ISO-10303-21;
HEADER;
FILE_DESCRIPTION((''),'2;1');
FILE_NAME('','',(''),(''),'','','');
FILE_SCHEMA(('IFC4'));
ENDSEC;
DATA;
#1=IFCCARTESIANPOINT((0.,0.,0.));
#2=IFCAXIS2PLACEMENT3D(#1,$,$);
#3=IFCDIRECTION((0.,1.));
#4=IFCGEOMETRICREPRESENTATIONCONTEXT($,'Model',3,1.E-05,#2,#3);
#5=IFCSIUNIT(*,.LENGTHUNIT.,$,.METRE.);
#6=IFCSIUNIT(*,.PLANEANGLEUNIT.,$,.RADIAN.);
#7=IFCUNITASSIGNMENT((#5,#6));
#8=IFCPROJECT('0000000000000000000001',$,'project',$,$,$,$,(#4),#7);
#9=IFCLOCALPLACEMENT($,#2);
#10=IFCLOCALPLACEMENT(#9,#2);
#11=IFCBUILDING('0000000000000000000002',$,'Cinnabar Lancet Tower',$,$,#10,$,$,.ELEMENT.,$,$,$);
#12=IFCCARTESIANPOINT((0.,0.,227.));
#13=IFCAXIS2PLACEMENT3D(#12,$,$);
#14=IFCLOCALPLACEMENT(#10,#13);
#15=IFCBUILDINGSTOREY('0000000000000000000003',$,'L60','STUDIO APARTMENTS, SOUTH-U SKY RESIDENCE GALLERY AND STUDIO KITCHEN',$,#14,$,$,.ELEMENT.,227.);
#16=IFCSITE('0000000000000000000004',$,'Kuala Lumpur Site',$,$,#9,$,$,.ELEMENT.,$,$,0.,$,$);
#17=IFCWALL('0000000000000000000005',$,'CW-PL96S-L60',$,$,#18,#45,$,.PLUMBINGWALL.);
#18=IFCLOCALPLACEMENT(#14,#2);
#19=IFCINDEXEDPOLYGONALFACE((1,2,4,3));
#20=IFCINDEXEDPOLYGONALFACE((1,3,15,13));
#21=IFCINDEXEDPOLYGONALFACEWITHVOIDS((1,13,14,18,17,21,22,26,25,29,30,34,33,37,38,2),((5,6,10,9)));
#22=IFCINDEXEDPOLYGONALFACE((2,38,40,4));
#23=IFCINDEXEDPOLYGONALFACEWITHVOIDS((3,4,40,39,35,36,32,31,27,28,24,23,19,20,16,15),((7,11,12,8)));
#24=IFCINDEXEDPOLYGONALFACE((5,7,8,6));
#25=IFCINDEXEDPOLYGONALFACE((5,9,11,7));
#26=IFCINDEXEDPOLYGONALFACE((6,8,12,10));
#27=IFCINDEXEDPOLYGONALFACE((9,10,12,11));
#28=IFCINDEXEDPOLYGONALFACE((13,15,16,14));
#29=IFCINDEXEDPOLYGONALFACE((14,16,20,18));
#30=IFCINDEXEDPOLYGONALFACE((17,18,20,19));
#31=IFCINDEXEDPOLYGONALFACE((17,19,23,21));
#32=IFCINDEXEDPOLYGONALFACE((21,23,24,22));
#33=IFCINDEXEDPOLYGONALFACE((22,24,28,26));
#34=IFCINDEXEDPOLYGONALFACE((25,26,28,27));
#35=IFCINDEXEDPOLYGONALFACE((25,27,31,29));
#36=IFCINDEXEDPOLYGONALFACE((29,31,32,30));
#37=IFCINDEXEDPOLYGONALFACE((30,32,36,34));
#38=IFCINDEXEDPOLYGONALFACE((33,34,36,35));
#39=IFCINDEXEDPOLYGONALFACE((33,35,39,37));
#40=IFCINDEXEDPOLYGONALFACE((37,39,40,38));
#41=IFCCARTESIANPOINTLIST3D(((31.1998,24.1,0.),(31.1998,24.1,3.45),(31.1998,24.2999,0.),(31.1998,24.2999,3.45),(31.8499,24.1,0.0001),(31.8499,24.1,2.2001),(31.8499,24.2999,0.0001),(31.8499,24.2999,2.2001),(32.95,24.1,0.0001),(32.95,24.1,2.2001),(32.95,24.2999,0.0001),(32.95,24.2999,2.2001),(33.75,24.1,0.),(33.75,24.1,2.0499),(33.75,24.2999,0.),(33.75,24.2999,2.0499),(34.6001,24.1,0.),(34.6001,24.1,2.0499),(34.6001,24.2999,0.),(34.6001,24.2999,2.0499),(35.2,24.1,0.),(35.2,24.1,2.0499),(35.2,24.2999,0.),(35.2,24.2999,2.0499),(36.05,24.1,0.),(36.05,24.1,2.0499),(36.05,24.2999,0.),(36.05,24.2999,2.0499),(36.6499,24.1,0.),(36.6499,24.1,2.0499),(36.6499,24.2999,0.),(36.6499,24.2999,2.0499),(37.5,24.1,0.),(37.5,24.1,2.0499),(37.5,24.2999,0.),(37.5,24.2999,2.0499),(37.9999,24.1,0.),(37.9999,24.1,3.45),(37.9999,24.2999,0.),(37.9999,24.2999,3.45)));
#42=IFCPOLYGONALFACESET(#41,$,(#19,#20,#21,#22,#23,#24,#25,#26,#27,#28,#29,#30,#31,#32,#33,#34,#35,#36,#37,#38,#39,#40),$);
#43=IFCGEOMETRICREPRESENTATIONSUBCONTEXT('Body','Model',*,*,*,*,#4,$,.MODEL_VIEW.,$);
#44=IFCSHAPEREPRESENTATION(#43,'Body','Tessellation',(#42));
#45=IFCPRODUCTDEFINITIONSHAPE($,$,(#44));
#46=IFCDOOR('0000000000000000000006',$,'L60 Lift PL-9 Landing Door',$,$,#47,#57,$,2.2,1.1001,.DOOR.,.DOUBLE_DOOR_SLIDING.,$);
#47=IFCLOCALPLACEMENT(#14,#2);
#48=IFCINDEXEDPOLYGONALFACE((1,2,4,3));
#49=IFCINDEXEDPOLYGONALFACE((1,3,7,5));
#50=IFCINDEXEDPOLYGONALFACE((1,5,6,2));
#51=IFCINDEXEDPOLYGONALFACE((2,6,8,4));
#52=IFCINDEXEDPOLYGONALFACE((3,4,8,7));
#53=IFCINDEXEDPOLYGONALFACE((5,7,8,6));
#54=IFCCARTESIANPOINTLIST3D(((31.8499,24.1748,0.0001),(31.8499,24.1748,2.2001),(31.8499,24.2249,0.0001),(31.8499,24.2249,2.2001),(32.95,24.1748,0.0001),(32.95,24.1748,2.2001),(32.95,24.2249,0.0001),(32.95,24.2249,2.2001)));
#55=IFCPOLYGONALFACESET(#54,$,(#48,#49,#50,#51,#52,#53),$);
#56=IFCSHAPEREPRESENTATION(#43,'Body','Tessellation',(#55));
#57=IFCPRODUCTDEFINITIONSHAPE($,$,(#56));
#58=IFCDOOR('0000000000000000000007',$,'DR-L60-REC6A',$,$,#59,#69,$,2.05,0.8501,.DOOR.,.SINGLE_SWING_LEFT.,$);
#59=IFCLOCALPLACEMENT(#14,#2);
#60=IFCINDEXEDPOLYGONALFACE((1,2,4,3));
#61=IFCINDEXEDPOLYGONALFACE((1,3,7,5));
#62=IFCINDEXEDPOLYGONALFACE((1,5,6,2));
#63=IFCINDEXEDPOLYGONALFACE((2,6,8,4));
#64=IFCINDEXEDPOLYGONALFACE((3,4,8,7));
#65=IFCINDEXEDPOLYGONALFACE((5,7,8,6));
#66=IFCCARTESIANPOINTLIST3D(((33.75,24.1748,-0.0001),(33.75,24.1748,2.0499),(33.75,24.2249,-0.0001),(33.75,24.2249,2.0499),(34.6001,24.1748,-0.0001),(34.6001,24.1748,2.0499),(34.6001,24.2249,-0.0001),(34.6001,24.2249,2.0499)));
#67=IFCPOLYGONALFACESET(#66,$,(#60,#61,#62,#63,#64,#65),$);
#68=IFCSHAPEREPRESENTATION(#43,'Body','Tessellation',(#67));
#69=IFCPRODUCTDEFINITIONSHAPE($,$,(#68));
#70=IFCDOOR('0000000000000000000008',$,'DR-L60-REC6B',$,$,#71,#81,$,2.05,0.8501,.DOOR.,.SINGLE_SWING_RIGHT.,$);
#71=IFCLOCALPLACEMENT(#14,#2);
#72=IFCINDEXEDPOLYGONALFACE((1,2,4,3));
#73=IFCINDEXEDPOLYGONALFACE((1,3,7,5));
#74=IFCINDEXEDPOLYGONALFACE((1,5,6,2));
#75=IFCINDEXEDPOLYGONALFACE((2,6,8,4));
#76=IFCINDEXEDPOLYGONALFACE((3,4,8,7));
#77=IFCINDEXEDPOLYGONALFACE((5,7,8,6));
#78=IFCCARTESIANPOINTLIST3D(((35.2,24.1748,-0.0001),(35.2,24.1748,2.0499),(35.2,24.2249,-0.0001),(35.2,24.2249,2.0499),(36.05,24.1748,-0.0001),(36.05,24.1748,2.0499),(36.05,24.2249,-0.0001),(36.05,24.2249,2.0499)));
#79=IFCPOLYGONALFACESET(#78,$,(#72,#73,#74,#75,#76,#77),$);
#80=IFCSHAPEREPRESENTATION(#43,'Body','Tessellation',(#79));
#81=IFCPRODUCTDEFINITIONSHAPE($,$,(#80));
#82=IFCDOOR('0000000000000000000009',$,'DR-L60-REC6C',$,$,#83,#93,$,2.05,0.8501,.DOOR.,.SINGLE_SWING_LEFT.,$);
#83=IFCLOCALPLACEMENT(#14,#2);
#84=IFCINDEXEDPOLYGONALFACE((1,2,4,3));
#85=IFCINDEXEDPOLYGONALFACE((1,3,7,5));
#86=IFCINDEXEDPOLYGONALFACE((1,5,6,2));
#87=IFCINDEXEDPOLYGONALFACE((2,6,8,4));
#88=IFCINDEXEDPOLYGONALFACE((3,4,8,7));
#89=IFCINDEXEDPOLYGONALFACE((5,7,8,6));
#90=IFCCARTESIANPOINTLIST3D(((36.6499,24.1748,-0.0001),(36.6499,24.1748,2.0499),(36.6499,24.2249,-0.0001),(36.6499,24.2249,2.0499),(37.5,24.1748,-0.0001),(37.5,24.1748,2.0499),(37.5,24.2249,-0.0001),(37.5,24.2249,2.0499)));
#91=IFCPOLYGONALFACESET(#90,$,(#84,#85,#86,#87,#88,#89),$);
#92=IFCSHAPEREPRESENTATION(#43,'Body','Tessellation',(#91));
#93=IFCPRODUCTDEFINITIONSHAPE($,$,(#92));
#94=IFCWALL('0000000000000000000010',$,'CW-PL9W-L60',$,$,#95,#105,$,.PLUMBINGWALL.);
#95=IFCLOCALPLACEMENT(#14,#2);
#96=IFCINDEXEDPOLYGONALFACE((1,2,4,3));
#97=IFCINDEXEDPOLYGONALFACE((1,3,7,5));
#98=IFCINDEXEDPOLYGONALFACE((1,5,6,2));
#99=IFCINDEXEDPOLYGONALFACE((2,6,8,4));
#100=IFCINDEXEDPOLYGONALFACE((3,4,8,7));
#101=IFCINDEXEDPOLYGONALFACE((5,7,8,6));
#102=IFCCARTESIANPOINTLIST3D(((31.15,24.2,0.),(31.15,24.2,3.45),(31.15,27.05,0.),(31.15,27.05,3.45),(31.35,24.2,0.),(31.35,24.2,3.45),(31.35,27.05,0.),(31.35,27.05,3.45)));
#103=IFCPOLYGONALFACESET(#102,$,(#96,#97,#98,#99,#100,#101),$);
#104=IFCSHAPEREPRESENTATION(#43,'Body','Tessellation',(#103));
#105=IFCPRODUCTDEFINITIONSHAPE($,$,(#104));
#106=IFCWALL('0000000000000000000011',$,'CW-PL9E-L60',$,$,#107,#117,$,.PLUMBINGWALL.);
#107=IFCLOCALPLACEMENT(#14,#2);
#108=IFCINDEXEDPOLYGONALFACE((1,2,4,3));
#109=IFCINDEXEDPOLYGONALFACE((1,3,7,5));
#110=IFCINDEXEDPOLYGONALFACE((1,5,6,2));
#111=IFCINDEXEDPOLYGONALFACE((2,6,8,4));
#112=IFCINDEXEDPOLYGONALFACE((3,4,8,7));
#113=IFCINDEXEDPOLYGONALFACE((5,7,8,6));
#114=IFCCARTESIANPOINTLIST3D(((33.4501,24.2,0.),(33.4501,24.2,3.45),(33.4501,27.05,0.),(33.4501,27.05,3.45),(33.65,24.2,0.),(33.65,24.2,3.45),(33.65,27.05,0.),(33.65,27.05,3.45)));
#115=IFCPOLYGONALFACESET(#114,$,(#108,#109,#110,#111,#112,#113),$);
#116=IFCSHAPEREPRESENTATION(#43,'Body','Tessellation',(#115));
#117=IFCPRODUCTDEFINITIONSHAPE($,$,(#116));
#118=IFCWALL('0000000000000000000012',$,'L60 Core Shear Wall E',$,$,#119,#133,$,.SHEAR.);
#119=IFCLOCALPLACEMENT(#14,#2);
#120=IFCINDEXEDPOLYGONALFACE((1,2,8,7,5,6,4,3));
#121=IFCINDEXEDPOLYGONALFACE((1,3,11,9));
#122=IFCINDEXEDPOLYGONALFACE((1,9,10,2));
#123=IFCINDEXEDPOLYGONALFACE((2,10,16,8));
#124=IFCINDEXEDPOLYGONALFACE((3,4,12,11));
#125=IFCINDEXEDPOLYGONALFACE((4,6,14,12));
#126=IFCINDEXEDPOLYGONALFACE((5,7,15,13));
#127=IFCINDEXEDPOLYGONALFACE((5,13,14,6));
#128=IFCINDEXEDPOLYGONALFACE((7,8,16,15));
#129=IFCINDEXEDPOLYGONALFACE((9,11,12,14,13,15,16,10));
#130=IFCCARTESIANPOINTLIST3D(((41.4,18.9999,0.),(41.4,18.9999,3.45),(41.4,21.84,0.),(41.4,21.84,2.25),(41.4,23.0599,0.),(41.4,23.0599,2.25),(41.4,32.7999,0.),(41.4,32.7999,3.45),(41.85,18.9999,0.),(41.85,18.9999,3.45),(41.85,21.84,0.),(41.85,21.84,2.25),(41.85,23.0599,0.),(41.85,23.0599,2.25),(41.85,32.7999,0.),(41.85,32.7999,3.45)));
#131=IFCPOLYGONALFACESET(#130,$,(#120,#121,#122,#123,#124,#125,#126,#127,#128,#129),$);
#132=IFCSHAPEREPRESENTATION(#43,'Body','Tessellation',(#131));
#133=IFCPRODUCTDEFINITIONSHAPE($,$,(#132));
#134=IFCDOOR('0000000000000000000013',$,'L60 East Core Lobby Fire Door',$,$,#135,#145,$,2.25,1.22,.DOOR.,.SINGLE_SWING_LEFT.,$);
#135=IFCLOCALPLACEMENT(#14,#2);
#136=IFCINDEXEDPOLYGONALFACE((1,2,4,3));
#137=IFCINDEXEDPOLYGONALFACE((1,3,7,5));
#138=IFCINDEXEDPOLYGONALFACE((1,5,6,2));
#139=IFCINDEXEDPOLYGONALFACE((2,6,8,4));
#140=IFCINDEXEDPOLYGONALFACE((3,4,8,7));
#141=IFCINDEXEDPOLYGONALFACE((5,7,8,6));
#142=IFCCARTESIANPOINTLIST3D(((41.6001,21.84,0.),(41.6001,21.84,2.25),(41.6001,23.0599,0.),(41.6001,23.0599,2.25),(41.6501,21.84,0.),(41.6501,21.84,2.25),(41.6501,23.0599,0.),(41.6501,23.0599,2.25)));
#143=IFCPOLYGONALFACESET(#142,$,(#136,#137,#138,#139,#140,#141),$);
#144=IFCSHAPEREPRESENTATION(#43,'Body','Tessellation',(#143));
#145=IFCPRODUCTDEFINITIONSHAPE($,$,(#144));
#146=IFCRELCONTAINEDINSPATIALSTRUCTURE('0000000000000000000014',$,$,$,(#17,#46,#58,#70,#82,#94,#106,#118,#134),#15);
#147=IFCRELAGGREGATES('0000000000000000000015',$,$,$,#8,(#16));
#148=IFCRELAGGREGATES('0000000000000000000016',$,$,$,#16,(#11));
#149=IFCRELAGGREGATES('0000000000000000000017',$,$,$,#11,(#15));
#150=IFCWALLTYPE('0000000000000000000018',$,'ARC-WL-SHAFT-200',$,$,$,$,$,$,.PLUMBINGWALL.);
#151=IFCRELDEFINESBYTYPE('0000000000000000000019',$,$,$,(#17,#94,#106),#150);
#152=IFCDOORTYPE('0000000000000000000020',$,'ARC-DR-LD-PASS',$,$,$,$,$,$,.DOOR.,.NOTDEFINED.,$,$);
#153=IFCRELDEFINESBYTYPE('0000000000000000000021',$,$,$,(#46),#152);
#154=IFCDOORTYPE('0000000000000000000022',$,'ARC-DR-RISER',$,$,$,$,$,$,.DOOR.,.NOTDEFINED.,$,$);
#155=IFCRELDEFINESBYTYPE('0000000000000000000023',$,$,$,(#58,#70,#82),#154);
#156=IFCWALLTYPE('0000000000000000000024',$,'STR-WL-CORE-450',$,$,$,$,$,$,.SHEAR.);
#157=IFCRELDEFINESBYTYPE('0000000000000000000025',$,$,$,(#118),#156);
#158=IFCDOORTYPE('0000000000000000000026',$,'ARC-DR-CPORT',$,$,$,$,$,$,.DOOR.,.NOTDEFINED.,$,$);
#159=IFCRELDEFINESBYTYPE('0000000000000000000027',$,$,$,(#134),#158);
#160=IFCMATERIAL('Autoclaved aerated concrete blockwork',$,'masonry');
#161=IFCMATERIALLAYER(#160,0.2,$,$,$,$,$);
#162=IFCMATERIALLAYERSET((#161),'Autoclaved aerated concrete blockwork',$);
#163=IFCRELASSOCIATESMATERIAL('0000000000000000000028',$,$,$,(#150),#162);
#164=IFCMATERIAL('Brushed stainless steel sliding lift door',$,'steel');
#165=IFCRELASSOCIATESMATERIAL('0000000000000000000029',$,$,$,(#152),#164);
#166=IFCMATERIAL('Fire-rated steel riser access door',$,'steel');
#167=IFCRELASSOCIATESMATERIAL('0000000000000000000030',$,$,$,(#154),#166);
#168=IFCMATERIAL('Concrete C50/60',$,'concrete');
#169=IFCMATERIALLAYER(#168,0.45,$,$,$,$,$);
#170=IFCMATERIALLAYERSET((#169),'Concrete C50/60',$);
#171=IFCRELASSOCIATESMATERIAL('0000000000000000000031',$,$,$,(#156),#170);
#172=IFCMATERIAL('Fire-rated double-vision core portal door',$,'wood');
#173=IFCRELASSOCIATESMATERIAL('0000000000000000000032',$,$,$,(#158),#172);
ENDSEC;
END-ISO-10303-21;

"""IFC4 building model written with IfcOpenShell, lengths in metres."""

from ifc_helpers import new_model, si_unit, direction, frame, frame_2d, origin, place, context, subcontext, project, spatial, rectangle, extrude, material, layer, layer_set, type_object, element, fill, save


model = new_model("IFC4")

# Units and contexts
model_context = context("Model", 3, precision=1e-05, world=origin(), true_north=direction((0.0, 1.0)))
body_context = subcontext(model_context, "Body", "Model", "MODEL_VIEW")
ifc_project = project(units=[si_unit("LENGTHUNIT", "METRE"), si_unit("PLANEANGLEUNIT", "RADIAN")], contexts=[model_context])

# Site, building, storey
site_placement = place(None, origin())
site = spatial("IfcSite", under=ifc_project, at=site_placement, Name="Kuala Lumpur Site", CompositionType="ELEMENT", RefElevation=0.0)
building_placement = place(site_placement, origin())
building = spatial("IfcBuilding", under=site, at=building_placement, Name="Cinnabar Lancet Tower", CompositionType="ELEMENT")
storey_placement = place(building_placement, frame((0.0, 0.0, 227.0)))
storey = spatial("IfcBuildingStorey", under=building, at=storey_placement, Name="L60", Description="STUDIO APARTMENTS, SOUTH-U SKY RESIDENCE GALLERY AND STUDIO KITCHEN", CompositionType="ELEMENT", Elevation=227.0)

# Shared definitions
ifc_material_1 = material(Name="Autoclaved aerated concrete blockwork", Category="masonry")
ifc_layer_1 = layer(ifc_material_1, 0.2)
ifc_layer_set_1 = layer_set([ifc_layer_1], Name="Autoclaved aerated concrete blockwork")
wall_type_1 = type_object("IfcWallType", Name="ARC-WL-SHAFT-200", PredefinedType="PLUMBINGWALL", material=ifc_layer_set_1)

# Wall, openings, doors
wall_1_placement = place(storey_placement, frame((31.2, 24.2, 0.0), z_axis=(0.0, 0.0, 1.0), x_axis=(1.0, 0.0, 0.0)))
wall_1 = element("IfcWall", 1, at=wall_1_placement, inside=storey, type_object=wall_type_1, Name="CW-PL96S-L60", PredefinedType="PLUMBINGWALL", context=body_context, shape_type="SweptSolid", body=[
    extrude(rectangle(XDim=6.8, YDim=0.2, at=frame_2d((3.3999, 0.0))), origin(), (0.0, 0.0, 1.0), 3.45),
])
opening_1_placement = place(wall_1_placement, frame((0.6499, 0.0, 0.0)))
opening_1 = element("IfcOpeningElement", 2, at=opening_1_placement, cuts=wall_1, PredefinedType="OPENING", context=body_context, shape_type="SweptSolid", body=[
    extrude(rectangle(XDim=1.1001, YDim=2.2, at=frame_2d((0.55, 1.1001))), frame((0.0, 0.1099, 0.0), z_axis=(0.0, -1.0, 0.0), x_axis=(1.0, 0.0, 0.0)), (0.0, 0.0, 1.0), 0.22),
])
opening_2_placement = place(wall_1_placement, frame((2.55, 0.0, 0.0)))
opening_2 = element("IfcOpeningElement", 3, at=opening_2_placement, cuts=wall_1, PredefinedType="OPENING", context=body_context, shape_type="SweptSolid", body=[
    extrude(rectangle(XDim=0.8501, YDim=2.05, at=frame_2d((0.425, 1.0249))), frame((0.0, 0.1099, 0.0), z_axis=(0.0, -1.0, 0.0), x_axis=(1.0, 0.0, 0.0)), (0.0, 0.0, 1.0), 0.22),
])
opening_3_placement = place(wall_1_placement, frame((4.0, 0.0, 0.0)))
opening_3 = element("IfcOpeningElement", 4, at=opening_3_placement, cuts=wall_1, PredefinedType="OPENING", context=body_context, shape_type="SweptSolid", body=[
    extrude(rectangle(XDim=0.8501, YDim=2.05, at=frame_2d((0.425, 1.0249))), frame((0.0, 0.1099, 0.0), z_axis=(0.0, -1.0, 0.0), x_axis=(1.0, 0.0, 0.0)), (0.0, 0.0, 1.0), 0.22),
])
opening_4_placement = place(wall_1_placement, frame((5.45, 0.0, 0.0)))
opening_4 = element("IfcOpeningElement", 5, at=opening_4_placement, cuts=wall_1, PredefinedType="OPENING", context=body_context, shape_type="SweptSolid", body=[
    extrude(rectangle(XDim=0.8501, YDim=2.05, at=frame_2d((0.425, 1.0249))), frame((0.0, 0.1099, 0.0), z_axis=(0.0, -1.0, 0.0), x_axis=(1.0, 0.0, 0.0)), (0.0, 0.0, 1.0), 0.22),
])
ifc_material_2 = material(Name="Brushed stainless steel sliding lift door", Category="steel")
door_type_1 = type_object("IfcDoorType", Name="ARC-DR-LD-PASS", OperationType="NOTDEFINED", PredefinedType="DOOR", material=ifc_material_2)
door_1_placement = place(opening_1_placement, origin())
door_1 = element("IfcDoor", 6, at=door_1_placement, inside=storey, type_object=door_type_1, Name="L60 Lift PL-9 Landing Door", OperationType="DOUBLE_DOOR_SLIDING", OverallHeight=2.2, OverallWidth=1.1001, PredefinedType="DOOR", context=body_context, shape_type="SweptSolid", body=[
    extrude(rectangle(XDim=1.1001, YDim=2.2, at=frame_2d((0.55, 1.1001))), frame((0.0, 0.0249, 0.0), z_axis=(0.0, -1.0, 0.0), x_axis=(1.0, 0.0, 0.0)), (0.0, 0.0, 1.0), 0.05),
])
fill(opening_1, door_1)
ifc_material_3 = material(Name="Fire-rated steel riser access door", Category="steel")
door_type_2 = type_object("IfcDoorType", Name="ARC-DR-RISER", OperationType="NOTDEFINED", PredefinedType="DOOR", material=ifc_material_3)
door_2_placement = place(opening_2_placement, origin())
door_2 = element("IfcDoor", 7, at=door_2_placement, inside=storey, type_object=door_type_2, Name="DR-L60-REC6A", OperationType="SINGLE_SWING_LEFT", OverallHeight=2.05, OverallWidth=0.8501, PredefinedType="DOOR", context=body_context, shape_type="SweptSolid", body=[
    extrude(rectangle(XDim=0.8501, YDim=2.05, at=frame_2d((0.425, 1.0249))), frame((0.0, 0.0249, 0.0), z_axis=(0.0, -1.0, 0.0), x_axis=(1.0, 0.0, 0.0)), (0.0, 0.0, 1.0), 0.05),
])
fill(opening_2, door_2)
door_3_placement = place(opening_3_placement, origin())
door_3 = element("IfcDoor", 8, at=door_3_placement, inside=storey, type_object=door_type_2, Name="DR-L60-REC6B", OperationType="SINGLE_SWING_RIGHT", OverallHeight=2.05, OverallWidth=0.8501, PredefinedType="DOOR", context=body_context, shape_type="SweptSolid", body=[
    extrude(rectangle(XDim=0.8501, YDim=2.05, at=frame_2d((0.425, 1.0249))), frame((0.0, 0.0249, 0.0), z_axis=(0.0, -1.0, 0.0), x_axis=(1.0, 0.0, 0.0)), (0.0, 0.0, 1.0), 0.05),
])
fill(opening_3, door_3)
door_4_placement = place(opening_4_placement, origin())
door_4 = element("IfcDoor", 9, at=door_4_placement, inside=storey, type_object=door_type_2, Name="DR-L60-REC6C", OperationType="SINGLE_SWING_LEFT", OverallHeight=2.05, OverallWidth=0.8501, PredefinedType="DOOR", context=body_context, shape_type="SweptSolid", body=[
    extrude(rectangle(XDim=0.8501, YDim=2.05, at=frame_2d((0.425, 1.0249))), frame((0.0, 0.0249, 0.0), z_axis=(0.0, -1.0, 0.0), x_axis=(1.0, 0.0, 0.0)), (0.0, 0.0, 1.0), 0.05),
])
fill(opening_4, door_4)

# Walls
for number, where, z_axis, x_axis, name in (
    (10, (31.25, 24.2, 0.0), (0.0, 0.0, 1.0), (0.0, 1.0, 0.0), "CW-PL9W-L60"),
    (11, (33.55, 24.2, 0.0), (0.0, 0.0, 1.0), (0.0, 1.0, 0.0), "CW-PL9E-L60"),
):
    element("IfcWall", number, at=place(storey_placement, frame(where, z_axis=z_axis, x_axis=x_axis)), inside=storey, type_object=wall_type_1, Name=name, PredefinedType="PLUMBINGWALL", context=body_context, shape_type="SweptSolid", body=[
        extrude(rectangle(XDim=2.8501, YDim=0.2, at=frame_2d((1.425, 0.0))), origin(), (0.0, 0.0, 1.0), 3.45),
    ])

# Wall, opening, door
ifc_material_4 = material(Name="Concrete C50/60", Category="concrete")
ifc_layer_2 = layer(ifc_material_4, 0.45)
ifc_layer_set_2 = layer_set([ifc_layer_2], Name="Concrete C50/60")
wall_type_2 = type_object("IfcWallType", Name="STR-WL-CORE-450", PredefinedType="SHEAR", material=ifc_layer_set_2)
wall_2_placement = place(storey_placement, frame((41.625, 19.0, 0.0), z_axis=(0.0, 0.0, 1.0), x_axis=(0.0, 1.0, 0.0)))
wall_2 = element("IfcWall", 12, at=wall_2_placement, inside=storey, type_object=wall_type_2, Name="L60 Core Shear Wall E", PredefinedType="SHEAR", context=body_context, shape_type="SweptSolid", body=[
    extrude(rectangle(XDim=13.8, YDim=0.45, at=frame_2d((6.8999, 0.0))), origin(), (0.0, 0.0, 1.0), 3.45),
])
opening_5_placement = place(wall_2_placement, frame((2.8401, 0.0, 0.0)))
opening_5 = element("IfcOpeningElement", 13, at=opening_5_placement, cuts=wall_2, PredefinedType="OPENING", context=body_context, shape_type="SweptSolid", body=[
    extrude(rectangle(XDim=1.22, YDim=2.25, at=frame_2d((0.6099, 1.125))), frame((0.0, 0.2349, 0.0), z_axis=(0.0, -1.0, 0.0), x_axis=(1.0, 0.0, 0.0)), (0.0, 0.0, 1.0), 0.47),
])
ifc_material_5 = material(Name="Fire-rated double-vision core portal door", Category="wood")
door_type_3 = type_object("IfcDoorType", Name="ARC-DR-CPORT", OperationType="NOTDEFINED", PredefinedType="DOOR", material=ifc_material_5)
door_5_placement = place(opening_5_placement, origin())
door_5 = element("IfcDoor", 14, at=door_5_placement, inside=storey, type_object=door_type_3, Name="L60 East Core Lobby Fire Door", OperationType="SINGLE_SWING_LEFT", OverallHeight=2.25, OverallWidth=1.22, PredefinedType="DOOR", context=body_context, shape_type="SweptSolid", body=[
    extrude(rectangle(XDim=1.22, YDim=2.25, at=frame_2d((0.6099, 1.125))), frame((0.0, 0.0249, 0.0), z_axis=(0.0, -1.0, 0.0), x_axis=(1.0, 0.0, 0.0)), (0.0, 0.0, 1.0), 0.05),
])
fill(opening_5, door_5)

save(model, "model.ifc")
